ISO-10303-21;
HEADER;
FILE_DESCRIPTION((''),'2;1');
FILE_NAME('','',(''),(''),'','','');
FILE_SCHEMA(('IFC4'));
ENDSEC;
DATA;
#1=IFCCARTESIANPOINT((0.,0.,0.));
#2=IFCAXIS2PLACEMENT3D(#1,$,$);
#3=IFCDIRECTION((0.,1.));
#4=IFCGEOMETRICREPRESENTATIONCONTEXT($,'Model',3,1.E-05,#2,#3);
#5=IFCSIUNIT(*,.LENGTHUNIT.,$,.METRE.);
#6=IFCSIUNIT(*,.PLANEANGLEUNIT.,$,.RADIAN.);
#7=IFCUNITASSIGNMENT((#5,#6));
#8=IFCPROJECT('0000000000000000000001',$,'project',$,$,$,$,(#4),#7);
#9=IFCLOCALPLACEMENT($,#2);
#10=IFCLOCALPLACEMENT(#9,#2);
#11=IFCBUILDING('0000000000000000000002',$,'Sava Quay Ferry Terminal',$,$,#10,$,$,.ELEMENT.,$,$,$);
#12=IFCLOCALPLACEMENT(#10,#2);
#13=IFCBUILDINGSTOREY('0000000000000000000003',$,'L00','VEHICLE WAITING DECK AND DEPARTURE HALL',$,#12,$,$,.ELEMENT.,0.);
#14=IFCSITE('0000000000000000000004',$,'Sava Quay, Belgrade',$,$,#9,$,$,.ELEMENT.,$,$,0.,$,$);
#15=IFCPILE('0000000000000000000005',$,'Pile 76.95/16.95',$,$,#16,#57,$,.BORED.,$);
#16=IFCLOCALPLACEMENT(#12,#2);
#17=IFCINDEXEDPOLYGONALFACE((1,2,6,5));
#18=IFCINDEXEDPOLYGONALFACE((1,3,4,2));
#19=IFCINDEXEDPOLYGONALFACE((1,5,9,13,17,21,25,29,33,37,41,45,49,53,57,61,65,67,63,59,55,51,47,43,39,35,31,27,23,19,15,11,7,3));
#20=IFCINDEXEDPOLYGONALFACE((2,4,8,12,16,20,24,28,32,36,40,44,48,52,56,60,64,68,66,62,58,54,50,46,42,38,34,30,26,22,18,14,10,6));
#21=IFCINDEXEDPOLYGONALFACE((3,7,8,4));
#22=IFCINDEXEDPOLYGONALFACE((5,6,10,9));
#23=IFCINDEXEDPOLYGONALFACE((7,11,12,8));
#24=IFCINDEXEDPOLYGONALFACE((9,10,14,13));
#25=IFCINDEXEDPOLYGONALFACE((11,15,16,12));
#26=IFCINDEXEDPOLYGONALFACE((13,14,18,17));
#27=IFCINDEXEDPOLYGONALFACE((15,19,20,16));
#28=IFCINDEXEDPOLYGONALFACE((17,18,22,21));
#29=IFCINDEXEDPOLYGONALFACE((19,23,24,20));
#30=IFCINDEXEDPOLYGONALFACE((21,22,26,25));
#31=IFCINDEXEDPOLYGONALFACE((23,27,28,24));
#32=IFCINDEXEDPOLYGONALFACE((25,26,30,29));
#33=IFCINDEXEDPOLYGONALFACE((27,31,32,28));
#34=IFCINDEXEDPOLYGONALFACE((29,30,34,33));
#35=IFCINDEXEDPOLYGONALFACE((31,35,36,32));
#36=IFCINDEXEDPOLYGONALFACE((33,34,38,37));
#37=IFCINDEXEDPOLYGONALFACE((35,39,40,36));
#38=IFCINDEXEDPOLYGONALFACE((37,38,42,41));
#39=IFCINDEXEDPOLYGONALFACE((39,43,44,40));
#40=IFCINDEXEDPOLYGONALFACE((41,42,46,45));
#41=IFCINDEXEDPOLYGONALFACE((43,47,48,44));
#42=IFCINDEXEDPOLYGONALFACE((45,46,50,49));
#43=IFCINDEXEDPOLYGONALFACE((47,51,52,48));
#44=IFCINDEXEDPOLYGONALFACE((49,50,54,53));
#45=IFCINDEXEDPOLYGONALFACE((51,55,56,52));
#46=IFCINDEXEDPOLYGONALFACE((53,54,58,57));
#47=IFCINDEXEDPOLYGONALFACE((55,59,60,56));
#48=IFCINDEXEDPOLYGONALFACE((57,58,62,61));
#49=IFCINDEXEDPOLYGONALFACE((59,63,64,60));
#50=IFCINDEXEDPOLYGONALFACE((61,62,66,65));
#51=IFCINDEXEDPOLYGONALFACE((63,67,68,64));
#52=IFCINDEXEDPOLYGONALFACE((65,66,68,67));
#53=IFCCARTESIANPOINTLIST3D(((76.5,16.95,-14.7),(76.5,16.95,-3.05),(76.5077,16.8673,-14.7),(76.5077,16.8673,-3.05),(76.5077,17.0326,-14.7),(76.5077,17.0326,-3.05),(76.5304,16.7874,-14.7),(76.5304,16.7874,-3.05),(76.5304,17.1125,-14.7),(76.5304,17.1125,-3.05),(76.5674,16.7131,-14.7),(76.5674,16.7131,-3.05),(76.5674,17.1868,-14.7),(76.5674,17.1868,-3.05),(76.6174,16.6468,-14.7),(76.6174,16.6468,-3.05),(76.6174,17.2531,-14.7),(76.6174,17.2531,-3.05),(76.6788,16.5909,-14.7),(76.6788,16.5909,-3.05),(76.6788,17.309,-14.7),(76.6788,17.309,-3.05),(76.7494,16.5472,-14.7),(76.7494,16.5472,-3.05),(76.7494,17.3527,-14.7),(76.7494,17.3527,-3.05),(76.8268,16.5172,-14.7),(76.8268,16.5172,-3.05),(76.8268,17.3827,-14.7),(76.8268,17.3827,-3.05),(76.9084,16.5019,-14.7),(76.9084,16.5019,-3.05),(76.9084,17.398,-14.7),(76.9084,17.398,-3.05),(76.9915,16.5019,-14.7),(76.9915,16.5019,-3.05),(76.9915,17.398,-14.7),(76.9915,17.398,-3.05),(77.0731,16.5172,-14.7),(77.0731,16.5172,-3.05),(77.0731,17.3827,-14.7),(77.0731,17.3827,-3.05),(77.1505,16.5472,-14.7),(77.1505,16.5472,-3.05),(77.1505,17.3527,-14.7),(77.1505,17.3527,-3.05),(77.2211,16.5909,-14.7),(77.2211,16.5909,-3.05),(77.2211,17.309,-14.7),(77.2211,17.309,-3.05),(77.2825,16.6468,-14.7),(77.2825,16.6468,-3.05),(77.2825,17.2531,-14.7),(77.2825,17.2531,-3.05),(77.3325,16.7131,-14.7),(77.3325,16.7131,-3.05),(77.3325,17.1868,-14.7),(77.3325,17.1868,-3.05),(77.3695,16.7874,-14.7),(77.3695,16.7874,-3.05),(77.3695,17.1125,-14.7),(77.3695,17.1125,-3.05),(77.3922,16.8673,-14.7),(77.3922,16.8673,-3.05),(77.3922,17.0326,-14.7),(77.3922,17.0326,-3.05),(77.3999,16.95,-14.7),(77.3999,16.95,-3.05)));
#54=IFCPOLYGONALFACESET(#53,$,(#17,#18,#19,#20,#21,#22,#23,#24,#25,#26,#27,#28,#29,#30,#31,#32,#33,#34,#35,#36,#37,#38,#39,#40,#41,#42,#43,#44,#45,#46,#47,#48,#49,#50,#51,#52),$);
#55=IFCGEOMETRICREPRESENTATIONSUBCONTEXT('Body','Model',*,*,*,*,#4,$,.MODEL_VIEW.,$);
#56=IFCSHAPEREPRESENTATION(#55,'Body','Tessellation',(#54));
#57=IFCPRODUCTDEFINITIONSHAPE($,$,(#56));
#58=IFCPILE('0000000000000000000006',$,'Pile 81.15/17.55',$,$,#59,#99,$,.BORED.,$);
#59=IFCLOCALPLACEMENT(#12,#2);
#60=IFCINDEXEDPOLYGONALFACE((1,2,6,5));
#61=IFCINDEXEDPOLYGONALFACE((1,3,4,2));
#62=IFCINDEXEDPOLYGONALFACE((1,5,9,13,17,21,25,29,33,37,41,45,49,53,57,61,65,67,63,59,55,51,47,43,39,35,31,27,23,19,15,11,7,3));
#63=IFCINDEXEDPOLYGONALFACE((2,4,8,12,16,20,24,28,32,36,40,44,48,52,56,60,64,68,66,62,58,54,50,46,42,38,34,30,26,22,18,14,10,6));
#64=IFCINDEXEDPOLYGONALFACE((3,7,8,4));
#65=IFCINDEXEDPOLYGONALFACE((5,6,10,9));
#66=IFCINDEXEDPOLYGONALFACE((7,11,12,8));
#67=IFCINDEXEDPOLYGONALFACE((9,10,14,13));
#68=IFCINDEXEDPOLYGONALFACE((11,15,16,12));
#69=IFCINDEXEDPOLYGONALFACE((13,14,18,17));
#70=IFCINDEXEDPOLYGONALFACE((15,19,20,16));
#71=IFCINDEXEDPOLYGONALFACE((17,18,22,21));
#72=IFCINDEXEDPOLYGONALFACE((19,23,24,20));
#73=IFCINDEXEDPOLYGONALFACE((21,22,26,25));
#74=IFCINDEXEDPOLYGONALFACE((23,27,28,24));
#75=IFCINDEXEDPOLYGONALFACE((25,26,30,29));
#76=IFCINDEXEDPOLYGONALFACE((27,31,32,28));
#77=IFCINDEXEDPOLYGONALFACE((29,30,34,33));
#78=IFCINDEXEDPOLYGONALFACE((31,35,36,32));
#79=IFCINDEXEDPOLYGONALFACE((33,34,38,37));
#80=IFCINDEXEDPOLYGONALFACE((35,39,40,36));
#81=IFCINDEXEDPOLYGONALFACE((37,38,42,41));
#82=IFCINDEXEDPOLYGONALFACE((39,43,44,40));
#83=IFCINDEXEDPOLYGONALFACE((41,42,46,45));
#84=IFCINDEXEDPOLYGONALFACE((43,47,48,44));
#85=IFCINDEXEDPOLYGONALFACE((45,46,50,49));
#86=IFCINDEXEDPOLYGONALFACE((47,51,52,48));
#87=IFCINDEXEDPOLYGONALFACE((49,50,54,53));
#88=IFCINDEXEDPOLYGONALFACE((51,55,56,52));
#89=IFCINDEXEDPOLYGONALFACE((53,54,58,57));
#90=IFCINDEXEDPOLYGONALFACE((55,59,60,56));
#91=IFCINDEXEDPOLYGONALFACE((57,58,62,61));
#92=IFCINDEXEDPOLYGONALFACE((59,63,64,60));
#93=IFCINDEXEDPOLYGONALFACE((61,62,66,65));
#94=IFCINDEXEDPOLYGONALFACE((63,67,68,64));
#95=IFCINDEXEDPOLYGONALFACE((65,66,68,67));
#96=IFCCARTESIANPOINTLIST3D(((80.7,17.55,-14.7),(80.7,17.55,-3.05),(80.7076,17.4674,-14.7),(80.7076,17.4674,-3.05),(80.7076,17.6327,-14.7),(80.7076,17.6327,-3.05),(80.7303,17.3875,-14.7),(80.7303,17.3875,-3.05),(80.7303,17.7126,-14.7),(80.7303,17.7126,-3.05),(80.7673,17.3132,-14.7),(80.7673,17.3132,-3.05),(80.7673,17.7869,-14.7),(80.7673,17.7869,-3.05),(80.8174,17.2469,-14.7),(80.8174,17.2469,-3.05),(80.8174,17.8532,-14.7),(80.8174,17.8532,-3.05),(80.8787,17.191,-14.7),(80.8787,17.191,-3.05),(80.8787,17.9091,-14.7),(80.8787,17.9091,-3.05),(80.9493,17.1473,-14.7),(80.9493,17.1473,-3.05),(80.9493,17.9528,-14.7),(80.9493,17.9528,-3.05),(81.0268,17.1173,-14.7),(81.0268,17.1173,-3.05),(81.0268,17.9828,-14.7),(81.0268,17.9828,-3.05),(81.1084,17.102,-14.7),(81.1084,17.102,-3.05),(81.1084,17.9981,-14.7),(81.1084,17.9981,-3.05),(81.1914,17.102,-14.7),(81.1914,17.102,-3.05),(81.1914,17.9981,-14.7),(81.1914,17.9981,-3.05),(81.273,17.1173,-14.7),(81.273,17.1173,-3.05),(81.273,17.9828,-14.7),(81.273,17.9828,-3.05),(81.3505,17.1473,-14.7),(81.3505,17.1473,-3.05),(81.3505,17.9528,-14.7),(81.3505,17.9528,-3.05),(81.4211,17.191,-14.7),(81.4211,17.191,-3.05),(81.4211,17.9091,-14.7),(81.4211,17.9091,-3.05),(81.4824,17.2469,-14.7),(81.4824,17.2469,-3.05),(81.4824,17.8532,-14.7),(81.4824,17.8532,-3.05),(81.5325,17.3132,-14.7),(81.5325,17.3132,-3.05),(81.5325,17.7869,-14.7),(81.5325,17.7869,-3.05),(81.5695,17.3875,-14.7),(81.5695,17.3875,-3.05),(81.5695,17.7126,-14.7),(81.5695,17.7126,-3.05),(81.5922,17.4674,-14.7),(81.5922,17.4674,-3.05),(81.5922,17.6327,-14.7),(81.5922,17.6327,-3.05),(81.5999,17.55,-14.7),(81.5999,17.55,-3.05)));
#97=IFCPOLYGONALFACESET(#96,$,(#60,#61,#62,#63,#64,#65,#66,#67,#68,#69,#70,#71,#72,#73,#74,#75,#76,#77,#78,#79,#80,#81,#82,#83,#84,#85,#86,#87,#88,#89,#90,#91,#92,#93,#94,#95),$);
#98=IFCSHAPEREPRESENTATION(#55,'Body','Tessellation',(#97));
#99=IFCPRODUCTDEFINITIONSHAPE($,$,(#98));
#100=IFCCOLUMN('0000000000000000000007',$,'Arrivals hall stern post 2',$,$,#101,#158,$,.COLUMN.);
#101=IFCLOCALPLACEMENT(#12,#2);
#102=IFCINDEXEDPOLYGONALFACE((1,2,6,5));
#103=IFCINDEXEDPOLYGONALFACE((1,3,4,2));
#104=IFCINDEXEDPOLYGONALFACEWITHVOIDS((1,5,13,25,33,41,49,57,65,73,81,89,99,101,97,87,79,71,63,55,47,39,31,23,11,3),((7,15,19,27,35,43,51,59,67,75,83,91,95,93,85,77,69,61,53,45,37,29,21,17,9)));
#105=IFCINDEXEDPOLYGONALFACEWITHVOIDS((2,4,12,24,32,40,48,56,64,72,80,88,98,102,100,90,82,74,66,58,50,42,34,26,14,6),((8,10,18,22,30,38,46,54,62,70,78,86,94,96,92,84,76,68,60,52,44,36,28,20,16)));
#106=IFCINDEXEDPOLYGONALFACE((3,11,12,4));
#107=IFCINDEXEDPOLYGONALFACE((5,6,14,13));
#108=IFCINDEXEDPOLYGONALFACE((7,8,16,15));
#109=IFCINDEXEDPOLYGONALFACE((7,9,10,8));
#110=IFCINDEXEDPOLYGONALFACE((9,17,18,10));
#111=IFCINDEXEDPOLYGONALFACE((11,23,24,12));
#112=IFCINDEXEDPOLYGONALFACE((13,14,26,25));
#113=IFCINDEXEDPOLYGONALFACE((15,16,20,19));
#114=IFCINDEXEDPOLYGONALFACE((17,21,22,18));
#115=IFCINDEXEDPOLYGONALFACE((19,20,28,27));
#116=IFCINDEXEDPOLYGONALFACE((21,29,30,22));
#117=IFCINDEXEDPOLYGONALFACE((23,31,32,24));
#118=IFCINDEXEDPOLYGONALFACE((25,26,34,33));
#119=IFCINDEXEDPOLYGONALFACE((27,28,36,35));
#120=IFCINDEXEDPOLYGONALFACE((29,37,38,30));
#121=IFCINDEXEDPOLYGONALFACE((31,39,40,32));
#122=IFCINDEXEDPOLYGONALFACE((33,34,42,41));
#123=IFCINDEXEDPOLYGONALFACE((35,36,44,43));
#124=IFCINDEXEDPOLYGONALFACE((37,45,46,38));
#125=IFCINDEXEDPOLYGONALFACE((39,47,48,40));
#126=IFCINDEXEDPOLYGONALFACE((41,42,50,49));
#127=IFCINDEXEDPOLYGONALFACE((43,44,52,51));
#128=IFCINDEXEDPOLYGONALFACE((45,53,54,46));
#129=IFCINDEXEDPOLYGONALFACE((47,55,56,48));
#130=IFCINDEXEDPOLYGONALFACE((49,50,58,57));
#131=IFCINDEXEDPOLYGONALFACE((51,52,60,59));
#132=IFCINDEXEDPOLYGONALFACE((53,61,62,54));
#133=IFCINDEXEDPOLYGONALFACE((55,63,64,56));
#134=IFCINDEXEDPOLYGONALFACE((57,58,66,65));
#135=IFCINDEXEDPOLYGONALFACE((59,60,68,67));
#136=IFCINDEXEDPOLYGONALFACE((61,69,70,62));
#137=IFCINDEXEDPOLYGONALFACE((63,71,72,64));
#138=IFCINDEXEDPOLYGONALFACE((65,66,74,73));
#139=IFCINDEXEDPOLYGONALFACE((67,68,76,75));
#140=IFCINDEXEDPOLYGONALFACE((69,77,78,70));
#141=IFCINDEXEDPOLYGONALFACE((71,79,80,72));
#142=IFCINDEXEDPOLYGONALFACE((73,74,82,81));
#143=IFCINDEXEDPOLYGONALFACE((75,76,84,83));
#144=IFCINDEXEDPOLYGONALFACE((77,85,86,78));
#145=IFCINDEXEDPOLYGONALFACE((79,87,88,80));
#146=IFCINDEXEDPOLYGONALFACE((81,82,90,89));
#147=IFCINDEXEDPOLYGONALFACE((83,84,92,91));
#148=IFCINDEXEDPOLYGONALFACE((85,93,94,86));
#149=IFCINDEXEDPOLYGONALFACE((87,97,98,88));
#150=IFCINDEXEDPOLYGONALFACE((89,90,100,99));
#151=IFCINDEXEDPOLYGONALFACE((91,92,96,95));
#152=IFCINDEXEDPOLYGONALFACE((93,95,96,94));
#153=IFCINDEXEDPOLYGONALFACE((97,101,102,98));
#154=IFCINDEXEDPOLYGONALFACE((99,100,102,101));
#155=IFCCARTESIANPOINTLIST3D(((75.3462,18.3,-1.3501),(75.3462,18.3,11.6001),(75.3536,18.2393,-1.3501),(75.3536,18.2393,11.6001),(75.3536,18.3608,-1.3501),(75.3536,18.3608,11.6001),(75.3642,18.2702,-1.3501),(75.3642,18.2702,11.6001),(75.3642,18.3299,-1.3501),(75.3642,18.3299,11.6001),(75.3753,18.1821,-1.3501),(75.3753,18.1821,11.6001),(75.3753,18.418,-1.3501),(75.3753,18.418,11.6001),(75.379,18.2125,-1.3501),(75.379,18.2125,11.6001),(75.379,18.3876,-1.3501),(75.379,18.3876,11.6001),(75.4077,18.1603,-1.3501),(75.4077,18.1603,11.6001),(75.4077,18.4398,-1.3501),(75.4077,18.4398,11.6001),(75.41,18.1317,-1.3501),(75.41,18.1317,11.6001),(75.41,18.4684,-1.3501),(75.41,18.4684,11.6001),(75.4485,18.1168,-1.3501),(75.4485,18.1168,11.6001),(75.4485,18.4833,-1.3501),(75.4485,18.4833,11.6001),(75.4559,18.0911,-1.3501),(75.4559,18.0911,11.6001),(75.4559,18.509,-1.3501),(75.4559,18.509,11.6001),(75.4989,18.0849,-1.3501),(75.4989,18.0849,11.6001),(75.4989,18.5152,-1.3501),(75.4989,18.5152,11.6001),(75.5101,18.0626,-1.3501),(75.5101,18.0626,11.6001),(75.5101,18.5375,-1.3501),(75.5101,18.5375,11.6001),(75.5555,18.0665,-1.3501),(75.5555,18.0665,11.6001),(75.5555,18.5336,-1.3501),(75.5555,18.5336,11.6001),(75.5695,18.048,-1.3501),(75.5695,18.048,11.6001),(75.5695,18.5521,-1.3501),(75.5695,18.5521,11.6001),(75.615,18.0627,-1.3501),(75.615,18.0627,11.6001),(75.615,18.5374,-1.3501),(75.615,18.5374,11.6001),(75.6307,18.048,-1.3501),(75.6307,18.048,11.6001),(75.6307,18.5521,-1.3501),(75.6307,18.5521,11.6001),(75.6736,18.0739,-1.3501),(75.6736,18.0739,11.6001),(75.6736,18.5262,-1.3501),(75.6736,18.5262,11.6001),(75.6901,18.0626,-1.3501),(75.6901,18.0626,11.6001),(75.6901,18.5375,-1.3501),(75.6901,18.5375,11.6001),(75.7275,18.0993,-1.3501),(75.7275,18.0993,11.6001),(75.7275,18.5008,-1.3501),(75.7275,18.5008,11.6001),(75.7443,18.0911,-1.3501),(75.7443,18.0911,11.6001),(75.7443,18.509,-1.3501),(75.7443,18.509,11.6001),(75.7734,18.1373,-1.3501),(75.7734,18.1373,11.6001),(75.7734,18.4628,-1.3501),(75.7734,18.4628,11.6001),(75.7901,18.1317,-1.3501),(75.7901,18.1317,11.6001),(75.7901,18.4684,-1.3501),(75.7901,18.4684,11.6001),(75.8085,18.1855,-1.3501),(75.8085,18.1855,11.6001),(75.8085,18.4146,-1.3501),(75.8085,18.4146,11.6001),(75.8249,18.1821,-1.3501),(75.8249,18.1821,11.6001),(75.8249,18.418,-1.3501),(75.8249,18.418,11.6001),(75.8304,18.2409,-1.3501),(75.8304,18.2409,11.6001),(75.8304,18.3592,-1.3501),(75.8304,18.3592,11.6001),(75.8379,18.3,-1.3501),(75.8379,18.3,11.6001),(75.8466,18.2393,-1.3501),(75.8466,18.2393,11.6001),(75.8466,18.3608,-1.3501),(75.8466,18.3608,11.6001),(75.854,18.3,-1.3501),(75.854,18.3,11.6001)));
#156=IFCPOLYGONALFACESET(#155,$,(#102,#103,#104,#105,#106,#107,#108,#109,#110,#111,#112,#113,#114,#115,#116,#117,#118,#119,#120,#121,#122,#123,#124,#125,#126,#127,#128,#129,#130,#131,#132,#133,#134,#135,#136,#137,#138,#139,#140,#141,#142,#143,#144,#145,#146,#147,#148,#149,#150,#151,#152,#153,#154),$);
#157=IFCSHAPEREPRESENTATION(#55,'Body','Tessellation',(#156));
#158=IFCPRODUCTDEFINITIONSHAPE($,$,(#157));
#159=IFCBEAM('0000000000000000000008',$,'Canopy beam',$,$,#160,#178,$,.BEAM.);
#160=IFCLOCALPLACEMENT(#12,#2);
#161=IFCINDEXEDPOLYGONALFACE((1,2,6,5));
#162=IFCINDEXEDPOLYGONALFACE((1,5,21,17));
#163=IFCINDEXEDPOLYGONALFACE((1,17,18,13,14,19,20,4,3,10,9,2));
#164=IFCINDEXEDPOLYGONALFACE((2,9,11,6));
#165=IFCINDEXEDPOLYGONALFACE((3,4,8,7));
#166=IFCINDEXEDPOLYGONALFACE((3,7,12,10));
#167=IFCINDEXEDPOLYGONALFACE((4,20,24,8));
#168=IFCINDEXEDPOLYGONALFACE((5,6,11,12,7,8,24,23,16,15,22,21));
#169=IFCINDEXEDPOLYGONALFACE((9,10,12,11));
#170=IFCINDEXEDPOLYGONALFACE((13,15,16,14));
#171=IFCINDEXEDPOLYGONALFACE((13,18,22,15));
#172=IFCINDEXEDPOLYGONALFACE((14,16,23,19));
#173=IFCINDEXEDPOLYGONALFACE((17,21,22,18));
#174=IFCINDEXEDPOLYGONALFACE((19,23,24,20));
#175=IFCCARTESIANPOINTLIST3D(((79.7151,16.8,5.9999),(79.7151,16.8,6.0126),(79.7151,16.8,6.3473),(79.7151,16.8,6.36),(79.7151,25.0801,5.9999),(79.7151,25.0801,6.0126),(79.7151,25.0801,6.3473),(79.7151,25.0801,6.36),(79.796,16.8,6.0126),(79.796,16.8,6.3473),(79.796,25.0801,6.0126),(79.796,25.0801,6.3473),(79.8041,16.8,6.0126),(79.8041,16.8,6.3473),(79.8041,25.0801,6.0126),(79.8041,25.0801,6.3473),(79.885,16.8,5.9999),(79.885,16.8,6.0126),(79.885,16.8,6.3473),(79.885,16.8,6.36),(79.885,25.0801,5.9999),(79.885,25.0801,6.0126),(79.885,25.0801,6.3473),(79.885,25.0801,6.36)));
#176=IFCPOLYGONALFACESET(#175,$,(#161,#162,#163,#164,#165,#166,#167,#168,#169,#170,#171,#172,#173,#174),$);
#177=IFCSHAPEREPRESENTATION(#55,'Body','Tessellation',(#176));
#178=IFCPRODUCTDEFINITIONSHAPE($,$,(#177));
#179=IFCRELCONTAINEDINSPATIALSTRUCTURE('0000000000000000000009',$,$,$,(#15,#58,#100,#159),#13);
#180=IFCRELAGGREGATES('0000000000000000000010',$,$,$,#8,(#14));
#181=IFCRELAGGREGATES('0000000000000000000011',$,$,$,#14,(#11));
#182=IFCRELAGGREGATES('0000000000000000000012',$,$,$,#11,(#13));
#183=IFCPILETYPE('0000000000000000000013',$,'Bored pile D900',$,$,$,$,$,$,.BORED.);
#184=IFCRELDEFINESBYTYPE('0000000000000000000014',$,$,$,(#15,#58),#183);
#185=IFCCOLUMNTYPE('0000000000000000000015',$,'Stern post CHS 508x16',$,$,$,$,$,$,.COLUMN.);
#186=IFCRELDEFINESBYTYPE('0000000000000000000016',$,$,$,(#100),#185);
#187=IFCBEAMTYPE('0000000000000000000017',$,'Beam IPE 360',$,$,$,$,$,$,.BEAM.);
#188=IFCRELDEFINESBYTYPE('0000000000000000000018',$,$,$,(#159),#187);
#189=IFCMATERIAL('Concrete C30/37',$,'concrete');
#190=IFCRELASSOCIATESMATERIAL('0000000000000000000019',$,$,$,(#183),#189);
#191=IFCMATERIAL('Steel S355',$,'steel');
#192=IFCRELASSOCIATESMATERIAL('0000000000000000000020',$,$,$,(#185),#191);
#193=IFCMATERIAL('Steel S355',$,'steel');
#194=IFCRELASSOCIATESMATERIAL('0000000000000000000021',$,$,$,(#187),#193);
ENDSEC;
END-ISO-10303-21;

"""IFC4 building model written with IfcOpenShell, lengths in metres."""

from ifc_helpers import new_model, si_unit, direction, frame, origin, origin_2d, place, context, subcontext, project, spatial, circle, hollow_circle, i_section, extrude, material, material_profile, profile_set, type_object, element, save


model = new_model("IFC4")

# Units and contexts
model_context = context("Model", 3, precision=1e-05, world=origin(), true_north=direction((0.0, 1.0)))
body_context = subcontext(model_context, "Body", "Model", "MODEL_VIEW")
ifc_project = project(units=[si_unit("LENGTHUNIT", "METRE"), si_unit("PLANEANGLEUNIT", "RADIAN")], contexts=[model_context])

# Site, building, storey
site_placement = place(None, origin())
site = spatial("IfcSite", under=ifc_project, at=site_placement, Name="Sava Quay, Belgrade", CompositionType="ELEMENT", RefElevation=0.0)
building_placement = place(site_placement, origin())
building = spatial("IfcBuilding", under=site, at=building_placement, Name="Sava Quay Ferry Terminal", CompositionType="ELEMENT")
storey_placement = place(building_placement, origin())
storey = spatial("IfcBuildingStorey", under=building, at=storey_placement, Name="L00", Description="VEHICLE WAITING DECK AND DEPARTURE HALL", CompositionType="ELEMENT", Elevation=0.0)

# Piles
ifc_material_1 = material(Name="Concrete C30/37", Category="concrete")
ifc_material_profile_1 = material_profile(ifc_material_1, circle(Radius=0.45, at=origin_2d()), Name="Bored pile D900")
ifc_profile_set_1 = profile_set([ifc_material_profile_1], Name="Concrete C30/37")
pile_type = type_object("IfcPileType", Name="Bored pile D900", PredefinedType="BORED", material=ifc_profile_set_1)
for number, where, z_axis, x_axis, name in (
    (1, (76.95, 16.95, -3.05), (0.0, 0.0, -1.0), (1.0, 0.0, 0.0), "Pile 76.95/16.95"),
    (2, (81.1499, 17.55, -3.05), (0.0, 0.0, -1.0), (1.0, 0.0, 0.0), "Pile 81.15/17.55"),
):
    element("IfcPile", number, at=place(storey_placement, frame(where, z_axis=z_axis, x_axis=x_axis)), inside=storey, type_object=pile_type, Name=name, PredefinedType="BORED", context=body_context, shape_type="SweptSolid", body=[
        extrude(circle(Radius=0.45, at=origin_2d()), origin(), (0.0, 0.0, 1.0), 11.6499),
    ])

# Column
ifc_material_2 = material(Name="Steel S355", Category="steel")
ifc_material_profile_2 = material_profile(ifc_material_2, hollow_circle(Radius=0.2539, WallThickness=0.0161, at=origin_2d()), Name="CHS 508 x 16.0")
ifc_profile_set_2 = profile_set([ifc_material_profile_2], Name="Steel S355")
column_type = type_object("IfcColumnType", Name="Stern post CHS 508x16", PredefinedType="COLUMN", material=ifc_profile_set_2)
column_placement = place(storey_placement, frame((75.6001, 18.3, -1.3501), z_axis=(0.0, 0.0, 1.0), x_axis=(1.0, 0.0, 0.0)))
element("IfcColumn", 3, at=column_placement, inside=storey, type_object=column_type, Name="Arrivals hall stern post 2", PredefinedType="COLUMN", context=body_context, shape_type="SweptSolid", body=[
    extrude(hollow_circle(Radius=0.2539, WallThickness=0.0161, at=origin_2d()), origin(), (0.0, 0.0, 1.0), 12.9502),
])

# Beam
ifc_material_3 = material(Name="Steel S355", Category="steel")
ifc_material_profile_3 = material_profile(ifc_material_3, i_section(OverallWidth=0.1699, OverallDepth=0.3601, WebThickness=0.0081, FlangeThickness=0.0127, at=origin_2d()), Name="IPE 360")
ifc_profile_set_3 = profile_set([ifc_material_profile_3], Name="Steel S355")
beam_type = type_object("IfcBeamType", Name="Beam IPE 360", PredefinedType="BEAM", material=ifc_profile_set_3)
beam_placement = place(storey_placement, frame((79.8, 16.8, 6.1799), z_axis=(0.0, 1.0, 0.0), x_axis=(-1.0, 0.0, 0.0)))
element("IfcBeam", 4, at=beam_placement, inside=storey, type_object=beam_type, Name="Canopy beam", PredefinedType="BEAM", context=body_context, shape_type="SweptSolid", body=[
    extrude(i_section(OverallWidth=0.1699, OverallDepth=0.3601, WebThickness=0.0081, FlangeThickness=0.0127, at=origin_2d()), origin(), (0.0, 0.0, 1.0), 8.28),
])

save(model, "model.ifc")
